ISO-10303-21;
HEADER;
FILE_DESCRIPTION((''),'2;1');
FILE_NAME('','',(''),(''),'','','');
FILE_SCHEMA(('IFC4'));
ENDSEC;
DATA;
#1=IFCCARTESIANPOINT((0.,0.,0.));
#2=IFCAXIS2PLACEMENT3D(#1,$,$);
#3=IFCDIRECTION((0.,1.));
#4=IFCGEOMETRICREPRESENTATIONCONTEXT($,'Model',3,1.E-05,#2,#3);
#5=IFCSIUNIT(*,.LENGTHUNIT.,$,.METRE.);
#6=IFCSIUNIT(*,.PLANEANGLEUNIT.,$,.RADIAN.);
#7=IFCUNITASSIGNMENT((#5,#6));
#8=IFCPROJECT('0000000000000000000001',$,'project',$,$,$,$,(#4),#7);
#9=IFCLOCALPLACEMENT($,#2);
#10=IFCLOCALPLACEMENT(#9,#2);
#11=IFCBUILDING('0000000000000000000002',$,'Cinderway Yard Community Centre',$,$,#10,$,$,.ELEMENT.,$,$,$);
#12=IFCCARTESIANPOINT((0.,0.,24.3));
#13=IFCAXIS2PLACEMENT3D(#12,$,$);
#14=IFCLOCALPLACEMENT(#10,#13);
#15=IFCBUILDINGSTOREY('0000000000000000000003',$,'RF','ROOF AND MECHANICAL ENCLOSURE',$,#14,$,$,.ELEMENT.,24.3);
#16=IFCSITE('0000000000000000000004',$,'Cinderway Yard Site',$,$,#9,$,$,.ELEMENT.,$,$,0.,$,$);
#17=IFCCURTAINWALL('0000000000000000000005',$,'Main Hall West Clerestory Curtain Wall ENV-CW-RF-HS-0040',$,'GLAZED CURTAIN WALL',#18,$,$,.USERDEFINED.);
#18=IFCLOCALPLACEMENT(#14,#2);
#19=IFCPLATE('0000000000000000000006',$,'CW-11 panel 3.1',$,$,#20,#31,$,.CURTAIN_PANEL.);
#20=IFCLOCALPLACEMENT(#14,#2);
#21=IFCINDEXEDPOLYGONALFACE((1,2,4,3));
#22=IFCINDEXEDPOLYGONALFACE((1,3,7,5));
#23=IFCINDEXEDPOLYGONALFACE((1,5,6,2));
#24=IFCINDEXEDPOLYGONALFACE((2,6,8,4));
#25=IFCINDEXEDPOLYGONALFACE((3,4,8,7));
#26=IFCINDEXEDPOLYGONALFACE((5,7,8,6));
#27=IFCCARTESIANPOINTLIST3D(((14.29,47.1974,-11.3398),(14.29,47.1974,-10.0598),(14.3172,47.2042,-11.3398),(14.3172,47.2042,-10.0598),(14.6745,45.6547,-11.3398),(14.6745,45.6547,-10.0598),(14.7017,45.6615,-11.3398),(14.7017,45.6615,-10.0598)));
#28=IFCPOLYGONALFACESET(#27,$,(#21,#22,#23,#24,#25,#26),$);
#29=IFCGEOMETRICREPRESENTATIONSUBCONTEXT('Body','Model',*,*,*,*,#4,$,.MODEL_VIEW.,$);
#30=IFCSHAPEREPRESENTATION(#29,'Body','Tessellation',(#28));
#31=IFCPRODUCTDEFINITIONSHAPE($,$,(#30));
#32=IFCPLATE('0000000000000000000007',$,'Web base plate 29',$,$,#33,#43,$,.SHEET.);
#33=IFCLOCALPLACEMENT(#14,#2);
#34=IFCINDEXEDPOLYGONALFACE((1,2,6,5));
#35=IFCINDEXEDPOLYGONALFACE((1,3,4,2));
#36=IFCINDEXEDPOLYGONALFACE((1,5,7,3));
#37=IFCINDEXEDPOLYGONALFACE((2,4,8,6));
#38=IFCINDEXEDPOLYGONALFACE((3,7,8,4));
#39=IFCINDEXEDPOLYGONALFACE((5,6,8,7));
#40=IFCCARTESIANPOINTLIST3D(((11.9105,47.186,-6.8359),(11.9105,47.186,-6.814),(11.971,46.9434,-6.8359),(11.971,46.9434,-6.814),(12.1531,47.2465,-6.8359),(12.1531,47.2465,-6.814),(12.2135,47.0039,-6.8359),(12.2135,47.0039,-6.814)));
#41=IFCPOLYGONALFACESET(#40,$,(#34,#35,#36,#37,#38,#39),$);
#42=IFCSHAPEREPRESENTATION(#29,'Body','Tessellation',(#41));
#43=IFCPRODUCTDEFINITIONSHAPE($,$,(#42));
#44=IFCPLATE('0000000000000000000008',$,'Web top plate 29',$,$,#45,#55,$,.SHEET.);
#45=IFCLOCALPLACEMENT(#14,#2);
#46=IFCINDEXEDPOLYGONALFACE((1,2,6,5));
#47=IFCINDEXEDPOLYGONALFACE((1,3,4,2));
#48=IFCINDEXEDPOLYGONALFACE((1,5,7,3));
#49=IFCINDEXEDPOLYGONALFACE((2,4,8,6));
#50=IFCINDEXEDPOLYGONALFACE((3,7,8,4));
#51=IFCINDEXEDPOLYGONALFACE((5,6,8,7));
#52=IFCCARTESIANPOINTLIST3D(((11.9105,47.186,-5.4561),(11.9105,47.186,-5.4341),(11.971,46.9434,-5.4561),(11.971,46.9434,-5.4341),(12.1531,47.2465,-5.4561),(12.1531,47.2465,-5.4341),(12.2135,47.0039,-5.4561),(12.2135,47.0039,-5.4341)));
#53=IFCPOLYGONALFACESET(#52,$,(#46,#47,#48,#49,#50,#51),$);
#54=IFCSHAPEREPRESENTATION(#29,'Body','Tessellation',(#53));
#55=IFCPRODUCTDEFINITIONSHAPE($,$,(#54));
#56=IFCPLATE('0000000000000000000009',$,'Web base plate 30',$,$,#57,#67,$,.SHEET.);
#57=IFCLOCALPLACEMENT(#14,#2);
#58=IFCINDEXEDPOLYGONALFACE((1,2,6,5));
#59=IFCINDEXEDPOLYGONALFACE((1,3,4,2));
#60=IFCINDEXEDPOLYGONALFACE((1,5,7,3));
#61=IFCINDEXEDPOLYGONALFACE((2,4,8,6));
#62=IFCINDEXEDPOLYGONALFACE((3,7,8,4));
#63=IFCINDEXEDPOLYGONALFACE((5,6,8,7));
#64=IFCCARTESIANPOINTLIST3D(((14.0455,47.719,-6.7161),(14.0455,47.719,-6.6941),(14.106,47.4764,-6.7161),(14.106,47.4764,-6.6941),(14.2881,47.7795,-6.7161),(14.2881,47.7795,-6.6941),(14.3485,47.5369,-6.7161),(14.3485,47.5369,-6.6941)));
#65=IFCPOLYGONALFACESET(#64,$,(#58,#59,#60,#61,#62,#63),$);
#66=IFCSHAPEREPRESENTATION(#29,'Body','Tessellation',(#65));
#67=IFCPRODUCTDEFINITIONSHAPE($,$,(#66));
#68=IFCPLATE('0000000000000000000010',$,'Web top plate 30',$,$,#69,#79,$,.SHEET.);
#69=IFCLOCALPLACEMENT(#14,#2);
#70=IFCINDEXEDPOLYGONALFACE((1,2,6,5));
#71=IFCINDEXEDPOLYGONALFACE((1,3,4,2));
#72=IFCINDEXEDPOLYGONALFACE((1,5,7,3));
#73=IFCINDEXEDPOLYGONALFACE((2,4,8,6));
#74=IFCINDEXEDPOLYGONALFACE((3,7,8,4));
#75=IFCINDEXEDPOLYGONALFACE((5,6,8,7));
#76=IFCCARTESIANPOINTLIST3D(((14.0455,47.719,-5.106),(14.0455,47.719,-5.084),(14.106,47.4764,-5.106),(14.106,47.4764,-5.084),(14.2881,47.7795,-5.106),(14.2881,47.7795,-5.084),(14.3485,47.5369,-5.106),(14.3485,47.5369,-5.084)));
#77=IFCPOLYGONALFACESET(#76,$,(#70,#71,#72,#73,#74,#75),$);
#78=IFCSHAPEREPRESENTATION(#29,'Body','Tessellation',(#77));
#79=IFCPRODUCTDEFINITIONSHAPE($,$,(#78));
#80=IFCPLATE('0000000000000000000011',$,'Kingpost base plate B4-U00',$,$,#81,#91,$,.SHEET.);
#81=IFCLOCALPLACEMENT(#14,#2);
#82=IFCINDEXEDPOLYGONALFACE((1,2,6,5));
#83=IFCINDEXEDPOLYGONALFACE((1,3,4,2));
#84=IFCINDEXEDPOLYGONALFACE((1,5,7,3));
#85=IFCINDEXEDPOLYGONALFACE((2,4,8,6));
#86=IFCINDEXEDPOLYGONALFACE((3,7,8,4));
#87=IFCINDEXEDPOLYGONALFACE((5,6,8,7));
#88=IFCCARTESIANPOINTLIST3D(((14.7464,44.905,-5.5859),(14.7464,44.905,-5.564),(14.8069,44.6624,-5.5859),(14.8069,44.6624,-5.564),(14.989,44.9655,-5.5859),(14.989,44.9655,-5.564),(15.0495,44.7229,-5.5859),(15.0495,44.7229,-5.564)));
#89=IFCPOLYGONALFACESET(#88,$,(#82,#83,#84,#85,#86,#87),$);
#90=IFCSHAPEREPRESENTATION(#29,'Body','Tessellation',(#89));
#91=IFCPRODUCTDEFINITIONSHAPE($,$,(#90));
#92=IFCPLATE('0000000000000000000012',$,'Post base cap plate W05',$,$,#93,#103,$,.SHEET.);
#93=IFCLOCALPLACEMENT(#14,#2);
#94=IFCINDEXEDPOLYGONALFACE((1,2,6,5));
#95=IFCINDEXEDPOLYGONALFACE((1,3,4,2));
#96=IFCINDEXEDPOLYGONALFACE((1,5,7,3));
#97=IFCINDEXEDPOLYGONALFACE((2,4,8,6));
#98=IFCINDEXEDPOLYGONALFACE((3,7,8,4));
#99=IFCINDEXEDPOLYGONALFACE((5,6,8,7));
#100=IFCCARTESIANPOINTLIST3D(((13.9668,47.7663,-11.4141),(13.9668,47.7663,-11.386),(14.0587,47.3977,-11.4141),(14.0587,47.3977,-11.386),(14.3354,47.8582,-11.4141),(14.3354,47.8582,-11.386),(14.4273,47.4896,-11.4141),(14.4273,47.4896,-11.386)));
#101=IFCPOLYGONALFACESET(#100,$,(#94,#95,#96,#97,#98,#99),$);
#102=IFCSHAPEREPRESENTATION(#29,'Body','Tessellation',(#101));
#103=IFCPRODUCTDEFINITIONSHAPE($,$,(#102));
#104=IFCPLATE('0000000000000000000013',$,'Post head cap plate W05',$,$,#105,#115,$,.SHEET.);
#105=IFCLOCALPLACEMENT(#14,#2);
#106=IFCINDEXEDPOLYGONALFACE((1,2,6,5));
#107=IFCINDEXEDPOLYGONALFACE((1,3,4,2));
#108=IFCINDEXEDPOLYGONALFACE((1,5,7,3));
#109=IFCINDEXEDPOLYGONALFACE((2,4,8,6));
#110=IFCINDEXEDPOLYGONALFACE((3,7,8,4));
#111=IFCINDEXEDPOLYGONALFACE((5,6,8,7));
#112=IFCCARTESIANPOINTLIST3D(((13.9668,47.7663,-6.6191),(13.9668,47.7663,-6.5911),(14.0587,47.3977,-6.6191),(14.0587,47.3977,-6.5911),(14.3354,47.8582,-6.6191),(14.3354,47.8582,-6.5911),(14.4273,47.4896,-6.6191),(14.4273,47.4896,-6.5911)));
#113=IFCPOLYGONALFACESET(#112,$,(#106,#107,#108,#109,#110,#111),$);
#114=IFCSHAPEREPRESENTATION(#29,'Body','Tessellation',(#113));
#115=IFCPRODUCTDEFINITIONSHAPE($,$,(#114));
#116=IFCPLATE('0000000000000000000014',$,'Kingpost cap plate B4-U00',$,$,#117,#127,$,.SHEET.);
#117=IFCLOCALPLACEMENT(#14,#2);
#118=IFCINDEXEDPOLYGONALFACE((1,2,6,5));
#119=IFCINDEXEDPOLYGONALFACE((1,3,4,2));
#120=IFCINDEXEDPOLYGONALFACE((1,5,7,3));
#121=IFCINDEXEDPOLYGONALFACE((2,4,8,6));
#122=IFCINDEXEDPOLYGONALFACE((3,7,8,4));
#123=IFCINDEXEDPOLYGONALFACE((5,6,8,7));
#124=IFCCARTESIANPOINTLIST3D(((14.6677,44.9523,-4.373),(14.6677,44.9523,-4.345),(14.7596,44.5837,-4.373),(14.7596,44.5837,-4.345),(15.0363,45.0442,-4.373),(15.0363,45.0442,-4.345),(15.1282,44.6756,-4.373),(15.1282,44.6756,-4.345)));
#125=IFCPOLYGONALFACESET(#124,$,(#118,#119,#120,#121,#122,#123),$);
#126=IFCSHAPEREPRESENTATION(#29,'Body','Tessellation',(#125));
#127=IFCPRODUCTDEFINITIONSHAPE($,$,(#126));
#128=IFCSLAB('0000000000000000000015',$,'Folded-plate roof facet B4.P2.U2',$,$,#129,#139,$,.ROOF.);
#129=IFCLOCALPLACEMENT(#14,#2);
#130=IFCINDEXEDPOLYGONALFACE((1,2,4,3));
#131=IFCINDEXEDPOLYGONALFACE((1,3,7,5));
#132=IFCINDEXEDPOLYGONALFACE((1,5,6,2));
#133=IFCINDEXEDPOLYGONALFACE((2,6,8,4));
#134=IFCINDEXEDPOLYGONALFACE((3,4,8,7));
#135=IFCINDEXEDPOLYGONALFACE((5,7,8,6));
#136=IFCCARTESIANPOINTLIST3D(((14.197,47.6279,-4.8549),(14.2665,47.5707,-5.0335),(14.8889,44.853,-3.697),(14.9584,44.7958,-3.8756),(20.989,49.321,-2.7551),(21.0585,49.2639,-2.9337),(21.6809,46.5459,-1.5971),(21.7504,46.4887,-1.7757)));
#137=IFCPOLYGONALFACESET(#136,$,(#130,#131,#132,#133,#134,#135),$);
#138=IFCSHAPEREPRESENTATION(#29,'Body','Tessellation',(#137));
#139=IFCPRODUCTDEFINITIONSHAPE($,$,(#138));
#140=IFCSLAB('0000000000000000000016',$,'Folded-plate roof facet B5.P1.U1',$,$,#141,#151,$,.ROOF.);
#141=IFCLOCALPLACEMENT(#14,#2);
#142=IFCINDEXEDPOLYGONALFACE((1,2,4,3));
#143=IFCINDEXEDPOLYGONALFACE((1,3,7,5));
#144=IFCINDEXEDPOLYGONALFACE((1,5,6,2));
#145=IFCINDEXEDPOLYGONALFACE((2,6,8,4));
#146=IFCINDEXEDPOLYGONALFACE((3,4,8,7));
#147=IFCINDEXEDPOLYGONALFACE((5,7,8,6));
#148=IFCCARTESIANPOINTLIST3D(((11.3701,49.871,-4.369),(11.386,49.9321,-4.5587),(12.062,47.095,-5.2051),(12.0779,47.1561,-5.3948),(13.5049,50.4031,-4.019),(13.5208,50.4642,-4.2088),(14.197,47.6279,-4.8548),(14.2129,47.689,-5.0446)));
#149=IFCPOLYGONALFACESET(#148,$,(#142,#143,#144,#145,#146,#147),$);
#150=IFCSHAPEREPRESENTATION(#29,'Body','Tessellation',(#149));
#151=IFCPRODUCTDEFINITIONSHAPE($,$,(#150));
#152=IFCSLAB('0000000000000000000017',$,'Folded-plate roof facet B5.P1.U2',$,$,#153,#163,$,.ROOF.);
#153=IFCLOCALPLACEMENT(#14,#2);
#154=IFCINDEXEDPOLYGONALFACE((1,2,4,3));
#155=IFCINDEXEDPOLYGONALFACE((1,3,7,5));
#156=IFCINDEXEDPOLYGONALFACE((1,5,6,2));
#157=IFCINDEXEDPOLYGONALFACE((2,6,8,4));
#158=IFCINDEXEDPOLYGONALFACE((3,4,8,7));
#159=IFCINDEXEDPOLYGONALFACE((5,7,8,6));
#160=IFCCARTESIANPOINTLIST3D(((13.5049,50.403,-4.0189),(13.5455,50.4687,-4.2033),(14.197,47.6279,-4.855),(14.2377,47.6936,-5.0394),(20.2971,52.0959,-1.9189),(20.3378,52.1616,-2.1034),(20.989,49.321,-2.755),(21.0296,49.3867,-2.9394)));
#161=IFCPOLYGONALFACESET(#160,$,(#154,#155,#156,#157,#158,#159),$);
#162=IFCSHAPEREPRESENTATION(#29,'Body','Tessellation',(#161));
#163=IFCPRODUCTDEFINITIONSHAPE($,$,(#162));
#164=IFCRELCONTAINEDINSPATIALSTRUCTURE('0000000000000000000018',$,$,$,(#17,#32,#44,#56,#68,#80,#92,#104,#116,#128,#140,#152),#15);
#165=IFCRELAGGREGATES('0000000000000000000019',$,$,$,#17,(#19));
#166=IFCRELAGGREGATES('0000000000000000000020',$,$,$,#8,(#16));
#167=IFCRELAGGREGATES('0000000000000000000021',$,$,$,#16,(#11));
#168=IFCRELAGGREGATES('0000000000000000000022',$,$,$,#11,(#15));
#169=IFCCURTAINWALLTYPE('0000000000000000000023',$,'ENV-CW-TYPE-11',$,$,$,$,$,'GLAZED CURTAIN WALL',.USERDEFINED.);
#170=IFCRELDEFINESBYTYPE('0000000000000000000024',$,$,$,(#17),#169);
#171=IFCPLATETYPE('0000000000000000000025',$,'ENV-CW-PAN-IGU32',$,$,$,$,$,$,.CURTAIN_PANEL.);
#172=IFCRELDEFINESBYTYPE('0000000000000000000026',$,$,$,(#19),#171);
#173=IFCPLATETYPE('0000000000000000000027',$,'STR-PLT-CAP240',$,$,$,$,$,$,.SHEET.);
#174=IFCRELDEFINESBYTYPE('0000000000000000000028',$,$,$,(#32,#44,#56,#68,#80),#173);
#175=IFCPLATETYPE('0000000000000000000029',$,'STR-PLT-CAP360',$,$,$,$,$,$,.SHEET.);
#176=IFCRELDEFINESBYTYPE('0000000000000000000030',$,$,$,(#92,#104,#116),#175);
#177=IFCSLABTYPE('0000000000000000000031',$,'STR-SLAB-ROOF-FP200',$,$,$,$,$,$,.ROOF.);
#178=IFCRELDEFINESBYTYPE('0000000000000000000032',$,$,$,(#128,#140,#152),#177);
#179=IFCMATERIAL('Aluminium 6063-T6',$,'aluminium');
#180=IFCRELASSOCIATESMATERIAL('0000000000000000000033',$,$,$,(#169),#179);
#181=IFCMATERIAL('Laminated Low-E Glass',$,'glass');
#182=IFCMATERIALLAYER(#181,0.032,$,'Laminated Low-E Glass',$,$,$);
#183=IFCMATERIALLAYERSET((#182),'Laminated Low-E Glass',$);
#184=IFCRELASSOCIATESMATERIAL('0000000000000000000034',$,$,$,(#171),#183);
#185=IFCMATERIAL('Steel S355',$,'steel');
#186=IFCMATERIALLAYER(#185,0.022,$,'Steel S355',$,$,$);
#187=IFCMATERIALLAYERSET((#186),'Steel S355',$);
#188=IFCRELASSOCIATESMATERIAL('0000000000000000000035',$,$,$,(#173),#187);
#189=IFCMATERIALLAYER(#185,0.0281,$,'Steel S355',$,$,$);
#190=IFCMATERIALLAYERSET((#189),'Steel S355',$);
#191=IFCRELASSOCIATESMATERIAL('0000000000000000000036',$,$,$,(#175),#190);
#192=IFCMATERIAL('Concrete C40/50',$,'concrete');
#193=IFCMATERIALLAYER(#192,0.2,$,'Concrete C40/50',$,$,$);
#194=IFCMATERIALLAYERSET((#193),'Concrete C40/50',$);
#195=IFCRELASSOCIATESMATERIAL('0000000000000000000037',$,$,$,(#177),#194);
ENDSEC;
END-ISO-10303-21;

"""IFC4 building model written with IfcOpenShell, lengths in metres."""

from ifc_helpers import new_model, si_unit, direction, frame, origin, origin_2d, place, context, subcontext, project, spatial, polyline, rectangle, outline, extrude, material, layer, layer_set, type_object, element, aggregate, save


model = new_model("IFC4")

# Units and contexts
model_context = context("Model", 3, precision=1e-05, world=origin(), true_north=direction((0.0, 1.0)))
body_context = subcontext(model_context, "Body", "Model", "MODEL_VIEW")
ifc_project = project(units=[si_unit("LENGTHUNIT", "METRE"), si_unit("PLANEANGLEUNIT", "RADIAN")], contexts=[model_context])

# Site, building, storey
site_placement = place(None, origin())
site = spatial("IfcSite", under=ifc_project, at=site_placement, Name="Cinderway Yard Site", CompositionType="ELEMENT", RefElevation=0.0)
building_placement = place(site_placement, origin())
building = spatial("IfcBuilding", under=site, at=building_placement, Name="Cinderway Yard Community Centre", CompositionType="ELEMENT")
storey_placement = place(building_placement, frame((0.0, 0.0, 24.3)))
storey = spatial("IfcBuildingStorey", under=building, at=storey_placement, Name="RF", Description="ROOF AND MECHANICAL ENCLOSURE", CompositionType="ELEMENT", Elevation=24.3)

# Shared definitions
ifc_material_1 = material(Name="Steel S355", Category="steel")

# Curtain wall
ifc_material_2 = material(Name="Aluminium 6063-T6", Category="aluminium")
curtain_wall_type = type_object("IfcCurtainWallType", Name="ENV-CW-TYPE-11", ElementType="GLAZED CURTAIN WALL", PredefinedType="USERDEFINED", material=ifc_material_2)
curtain_wall_1_placement = place(storey_placement, origin())
curtain_wall_1 = element("IfcCurtainWall", 1, at=curtain_wall_1_placement, inside=storey, type_object=curtain_wall_type, Name="Main Hall West Clerestory Curtain Wall ENV-CW-RF-HS-0040", ObjectType="GLAZED CURTAIN WALL", PredefinedType="USERDEFINED")

# Shared definitions
ifc_material_3 = material(Name="Concrete C40/50", Category="concrete")

# Plate
ifc_material_4 = material(Name="Laminated Low-E Glass", Category="glass")
ifc_layer_1 = layer(ifc_material_4, 0.032, Name="Laminated Low-E Glass")
ifc_layer_set_1 = layer_set([ifc_layer_1], Name="Laminated Low-E Glass")
plate_type_1 = type_object("IfcPlateType", Name="ENV-CW-PAN-IGU32", PredefinedType="CURTAIN_PANEL", material=ifc_layer_set_1)
plate_1_placement = place(storey_placement, frame((14.4958, 46.4294, -11.3398), z_axis=(0.0, 0.0, 1.0), x_axis=(-0.241882, 0.970306, 0.0)))
plate_1 = element("IfcPlate", 2, at=plate_1_placement, type_object=plate_type_1, Name="CW-11 panel 3.1", PredefinedType="CURTAIN_PANEL", context=body_context, shape_type="SweptSolid", body=[
    extrude(rectangle(XDim=1.5898, YDim=0.0281, at=origin_2d()), origin(), (0.0, 0.0, 1.0), 1.28),
])
aggregate(curtain_wall_1, [plate_1])

# Plates
ifc_layer_2 = layer(ifc_material_1, 0.022, Name="Steel S355")
ifc_layer_set_2 = layer_set([ifc_layer_2], Name="Steel S355")
plate_type_2 = type_object("IfcPlateType", Name="STR-PLT-CAP240", PredefinedType="SHEET", material=ifc_layer_set_2)
for number, where, z_axis, x_axis, name in (
    (3, (12.062, 47.095, -6.8359), (0.0, 0.0, 1.0), (0.970296, 0.241922, 0.0), "Web base plate 29"),
    (4, (12.062, 47.095, -5.4561), (0.0, 0.0, 1.0), (0.970296, 0.241922, 0.0), "Web top plate 29"),
    (5, (14.197, 47.6279, -6.7161), (0.0, 0.0, 1.0), (0.970296, 0.241922, 0.0), "Web base plate 30"),
    (6, (14.197, 47.6279, -5.106), (0.0, 0.0, 1.0), (0.970296, 0.241922, 0.0), "Web top plate 30"),
    (7, (14.8979, 44.814, -5.5859), (0.0, 0.0, 1.0), (0.970296, 0.241922, 0.0), "Kingpost base plate B4-U00"),
):
    element("IfcPlate", number, at=place(storey_placement, frame(where, z_axis=z_axis, x_axis=x_axis)), inside=storey, type_object=plate_type_2, Name=name, PredefinedType="SHEET", context=body_context, shape_type="SweptSolid", body=[
        extrude(rectangle(XDim=0.25, YDim=0.25, at=origin_2d()), origin(), (0.0, 0.0, 1.0), 0.022),
    ])
ifc_layer_3 = layer(ifc_material_1, 0.0281, Name="Steel S355")
ifc_layer_set_3 = layer_set([ifc_layer_3], Name="Steel S355")
plate_type_3 = type_object("IfcPlateType", Name="STR-PLT-CAP360", PredefinedType="SHEET", material=ifc_layer_set_3)
for number, where, z_axis, x_axis, name in (
    (8, (14.197, 47.6279, -11.4141), (0.0, 0.0, 1.0), (0.970296, 0.241922, 0.0), "Post base cap plate W05"),
    (9, (14.197, 47.6279, -6.6191), (0.0, 0.0, 1.0), (0.970296, 0.241922, 0.0), "Post head cap plate W05"),
    (10, (14.8979, 44.814, -4.373), (0.0, 0.0, 1.0), (0.970296, 0.241922, 0.0), "Kingpost cap plate B4-U00"),
):
    element("IfcPlate", number, at=place(storey_placement, frame(where, z_axis=z_axis, x_axis=x_axis)), inside=storey, type_object=plate_type_3, Name=name, PredefinedType="SHEET", context=body_context, shape_type="SweptSolid", body=[
        extrude(rectangle(XDim=0.3799, YDim=0.3799, at=origin_2d()), origin(), (0.0, 0.0, 1.0), 0.0281),
    ])

# Slabs
ifc_layer_4 = layer(ifc_material_3, 0.2, Name="Concrete C40/50")
ifc_layer_set_4 = layer_set([ifc_layer_4], Name="Concrete C40/50")
slab_type = type_object("IfcSlabType", Name="STR-SLAB-ROOF-FP200", PredefinedType="ROOF", material=ifc_layer_set_4)
slab_1_placement = place(storey_placement, frame((14.8889, 44.853, -3.697), z_axis=(-0.347392, 0.286029, 0.893032), x_axis=(0.929394, 0.231649, 0.287342)))
element("IfcSlab", 11, at=slab_1_placement, inside=storey, type_object=slab_type, Name="Folded-plate roof facet B4.P2.U2", PredefinedType="ROOF", context=body_context, shape_type="SweptSolid", body=[
    extrude(outline(polyline([(0.0, 0.0), (7.308, 0.0), (6.9751, 3.0676), (-0.333, 3.0674), (0.0, 0.0)])), origin(), (0.0, 0.0, -1.0), 0.2),
])
slab_2_placement = place(storey_placement, frame((12.062, 47.095, -5.2051), z_axis=(-0.079391, -0.305561, 0.948857), x_axis=(0.958171, 0.239166, 0.157189)))
element("IfcSlab", 12, at=slab_2_placement, inside=storey, type_object=slab_type, Name="Folded-plate roof facet B5.P1.U1", PredefinedType="ROOF", context=body_context, shape_type="SweptSolid", body=[
    extrude(outline(polyline([(0.0, 0.0), (2.2282, 0.0), (2.3601, 2.9769), (0.1324, 2.9777), (0.0, 0.0)])), origin(), (0.0, 0.0, -1.0), 0.2),
])
slab_3_placement = place(storey_placement, frame((14.197, 47.6279, -4.855), z_axis=(-0.203269, -0.328574, 0.922345), x_axis=(0.929385, 0.231673, 0.287352)))
element("IfcSlab", 13, at=slab_3_placement, inside=storey, type_object=slab_type, Name="Folded-plate roof facet B5.P1.U2", PredefinedType="ROOF", context=body_context, shape_type="SweptSolid", body=[
    extrude(outline(polyline([(0.0, 0.0), (7.308, 0.0), (7.5481, 2.9699), (0.2399, 2.9701), (0.0, 0.0)])), origin(), (0.0, 0.0, -1.0), 0.2),
])

save(model, "model.ifc")
